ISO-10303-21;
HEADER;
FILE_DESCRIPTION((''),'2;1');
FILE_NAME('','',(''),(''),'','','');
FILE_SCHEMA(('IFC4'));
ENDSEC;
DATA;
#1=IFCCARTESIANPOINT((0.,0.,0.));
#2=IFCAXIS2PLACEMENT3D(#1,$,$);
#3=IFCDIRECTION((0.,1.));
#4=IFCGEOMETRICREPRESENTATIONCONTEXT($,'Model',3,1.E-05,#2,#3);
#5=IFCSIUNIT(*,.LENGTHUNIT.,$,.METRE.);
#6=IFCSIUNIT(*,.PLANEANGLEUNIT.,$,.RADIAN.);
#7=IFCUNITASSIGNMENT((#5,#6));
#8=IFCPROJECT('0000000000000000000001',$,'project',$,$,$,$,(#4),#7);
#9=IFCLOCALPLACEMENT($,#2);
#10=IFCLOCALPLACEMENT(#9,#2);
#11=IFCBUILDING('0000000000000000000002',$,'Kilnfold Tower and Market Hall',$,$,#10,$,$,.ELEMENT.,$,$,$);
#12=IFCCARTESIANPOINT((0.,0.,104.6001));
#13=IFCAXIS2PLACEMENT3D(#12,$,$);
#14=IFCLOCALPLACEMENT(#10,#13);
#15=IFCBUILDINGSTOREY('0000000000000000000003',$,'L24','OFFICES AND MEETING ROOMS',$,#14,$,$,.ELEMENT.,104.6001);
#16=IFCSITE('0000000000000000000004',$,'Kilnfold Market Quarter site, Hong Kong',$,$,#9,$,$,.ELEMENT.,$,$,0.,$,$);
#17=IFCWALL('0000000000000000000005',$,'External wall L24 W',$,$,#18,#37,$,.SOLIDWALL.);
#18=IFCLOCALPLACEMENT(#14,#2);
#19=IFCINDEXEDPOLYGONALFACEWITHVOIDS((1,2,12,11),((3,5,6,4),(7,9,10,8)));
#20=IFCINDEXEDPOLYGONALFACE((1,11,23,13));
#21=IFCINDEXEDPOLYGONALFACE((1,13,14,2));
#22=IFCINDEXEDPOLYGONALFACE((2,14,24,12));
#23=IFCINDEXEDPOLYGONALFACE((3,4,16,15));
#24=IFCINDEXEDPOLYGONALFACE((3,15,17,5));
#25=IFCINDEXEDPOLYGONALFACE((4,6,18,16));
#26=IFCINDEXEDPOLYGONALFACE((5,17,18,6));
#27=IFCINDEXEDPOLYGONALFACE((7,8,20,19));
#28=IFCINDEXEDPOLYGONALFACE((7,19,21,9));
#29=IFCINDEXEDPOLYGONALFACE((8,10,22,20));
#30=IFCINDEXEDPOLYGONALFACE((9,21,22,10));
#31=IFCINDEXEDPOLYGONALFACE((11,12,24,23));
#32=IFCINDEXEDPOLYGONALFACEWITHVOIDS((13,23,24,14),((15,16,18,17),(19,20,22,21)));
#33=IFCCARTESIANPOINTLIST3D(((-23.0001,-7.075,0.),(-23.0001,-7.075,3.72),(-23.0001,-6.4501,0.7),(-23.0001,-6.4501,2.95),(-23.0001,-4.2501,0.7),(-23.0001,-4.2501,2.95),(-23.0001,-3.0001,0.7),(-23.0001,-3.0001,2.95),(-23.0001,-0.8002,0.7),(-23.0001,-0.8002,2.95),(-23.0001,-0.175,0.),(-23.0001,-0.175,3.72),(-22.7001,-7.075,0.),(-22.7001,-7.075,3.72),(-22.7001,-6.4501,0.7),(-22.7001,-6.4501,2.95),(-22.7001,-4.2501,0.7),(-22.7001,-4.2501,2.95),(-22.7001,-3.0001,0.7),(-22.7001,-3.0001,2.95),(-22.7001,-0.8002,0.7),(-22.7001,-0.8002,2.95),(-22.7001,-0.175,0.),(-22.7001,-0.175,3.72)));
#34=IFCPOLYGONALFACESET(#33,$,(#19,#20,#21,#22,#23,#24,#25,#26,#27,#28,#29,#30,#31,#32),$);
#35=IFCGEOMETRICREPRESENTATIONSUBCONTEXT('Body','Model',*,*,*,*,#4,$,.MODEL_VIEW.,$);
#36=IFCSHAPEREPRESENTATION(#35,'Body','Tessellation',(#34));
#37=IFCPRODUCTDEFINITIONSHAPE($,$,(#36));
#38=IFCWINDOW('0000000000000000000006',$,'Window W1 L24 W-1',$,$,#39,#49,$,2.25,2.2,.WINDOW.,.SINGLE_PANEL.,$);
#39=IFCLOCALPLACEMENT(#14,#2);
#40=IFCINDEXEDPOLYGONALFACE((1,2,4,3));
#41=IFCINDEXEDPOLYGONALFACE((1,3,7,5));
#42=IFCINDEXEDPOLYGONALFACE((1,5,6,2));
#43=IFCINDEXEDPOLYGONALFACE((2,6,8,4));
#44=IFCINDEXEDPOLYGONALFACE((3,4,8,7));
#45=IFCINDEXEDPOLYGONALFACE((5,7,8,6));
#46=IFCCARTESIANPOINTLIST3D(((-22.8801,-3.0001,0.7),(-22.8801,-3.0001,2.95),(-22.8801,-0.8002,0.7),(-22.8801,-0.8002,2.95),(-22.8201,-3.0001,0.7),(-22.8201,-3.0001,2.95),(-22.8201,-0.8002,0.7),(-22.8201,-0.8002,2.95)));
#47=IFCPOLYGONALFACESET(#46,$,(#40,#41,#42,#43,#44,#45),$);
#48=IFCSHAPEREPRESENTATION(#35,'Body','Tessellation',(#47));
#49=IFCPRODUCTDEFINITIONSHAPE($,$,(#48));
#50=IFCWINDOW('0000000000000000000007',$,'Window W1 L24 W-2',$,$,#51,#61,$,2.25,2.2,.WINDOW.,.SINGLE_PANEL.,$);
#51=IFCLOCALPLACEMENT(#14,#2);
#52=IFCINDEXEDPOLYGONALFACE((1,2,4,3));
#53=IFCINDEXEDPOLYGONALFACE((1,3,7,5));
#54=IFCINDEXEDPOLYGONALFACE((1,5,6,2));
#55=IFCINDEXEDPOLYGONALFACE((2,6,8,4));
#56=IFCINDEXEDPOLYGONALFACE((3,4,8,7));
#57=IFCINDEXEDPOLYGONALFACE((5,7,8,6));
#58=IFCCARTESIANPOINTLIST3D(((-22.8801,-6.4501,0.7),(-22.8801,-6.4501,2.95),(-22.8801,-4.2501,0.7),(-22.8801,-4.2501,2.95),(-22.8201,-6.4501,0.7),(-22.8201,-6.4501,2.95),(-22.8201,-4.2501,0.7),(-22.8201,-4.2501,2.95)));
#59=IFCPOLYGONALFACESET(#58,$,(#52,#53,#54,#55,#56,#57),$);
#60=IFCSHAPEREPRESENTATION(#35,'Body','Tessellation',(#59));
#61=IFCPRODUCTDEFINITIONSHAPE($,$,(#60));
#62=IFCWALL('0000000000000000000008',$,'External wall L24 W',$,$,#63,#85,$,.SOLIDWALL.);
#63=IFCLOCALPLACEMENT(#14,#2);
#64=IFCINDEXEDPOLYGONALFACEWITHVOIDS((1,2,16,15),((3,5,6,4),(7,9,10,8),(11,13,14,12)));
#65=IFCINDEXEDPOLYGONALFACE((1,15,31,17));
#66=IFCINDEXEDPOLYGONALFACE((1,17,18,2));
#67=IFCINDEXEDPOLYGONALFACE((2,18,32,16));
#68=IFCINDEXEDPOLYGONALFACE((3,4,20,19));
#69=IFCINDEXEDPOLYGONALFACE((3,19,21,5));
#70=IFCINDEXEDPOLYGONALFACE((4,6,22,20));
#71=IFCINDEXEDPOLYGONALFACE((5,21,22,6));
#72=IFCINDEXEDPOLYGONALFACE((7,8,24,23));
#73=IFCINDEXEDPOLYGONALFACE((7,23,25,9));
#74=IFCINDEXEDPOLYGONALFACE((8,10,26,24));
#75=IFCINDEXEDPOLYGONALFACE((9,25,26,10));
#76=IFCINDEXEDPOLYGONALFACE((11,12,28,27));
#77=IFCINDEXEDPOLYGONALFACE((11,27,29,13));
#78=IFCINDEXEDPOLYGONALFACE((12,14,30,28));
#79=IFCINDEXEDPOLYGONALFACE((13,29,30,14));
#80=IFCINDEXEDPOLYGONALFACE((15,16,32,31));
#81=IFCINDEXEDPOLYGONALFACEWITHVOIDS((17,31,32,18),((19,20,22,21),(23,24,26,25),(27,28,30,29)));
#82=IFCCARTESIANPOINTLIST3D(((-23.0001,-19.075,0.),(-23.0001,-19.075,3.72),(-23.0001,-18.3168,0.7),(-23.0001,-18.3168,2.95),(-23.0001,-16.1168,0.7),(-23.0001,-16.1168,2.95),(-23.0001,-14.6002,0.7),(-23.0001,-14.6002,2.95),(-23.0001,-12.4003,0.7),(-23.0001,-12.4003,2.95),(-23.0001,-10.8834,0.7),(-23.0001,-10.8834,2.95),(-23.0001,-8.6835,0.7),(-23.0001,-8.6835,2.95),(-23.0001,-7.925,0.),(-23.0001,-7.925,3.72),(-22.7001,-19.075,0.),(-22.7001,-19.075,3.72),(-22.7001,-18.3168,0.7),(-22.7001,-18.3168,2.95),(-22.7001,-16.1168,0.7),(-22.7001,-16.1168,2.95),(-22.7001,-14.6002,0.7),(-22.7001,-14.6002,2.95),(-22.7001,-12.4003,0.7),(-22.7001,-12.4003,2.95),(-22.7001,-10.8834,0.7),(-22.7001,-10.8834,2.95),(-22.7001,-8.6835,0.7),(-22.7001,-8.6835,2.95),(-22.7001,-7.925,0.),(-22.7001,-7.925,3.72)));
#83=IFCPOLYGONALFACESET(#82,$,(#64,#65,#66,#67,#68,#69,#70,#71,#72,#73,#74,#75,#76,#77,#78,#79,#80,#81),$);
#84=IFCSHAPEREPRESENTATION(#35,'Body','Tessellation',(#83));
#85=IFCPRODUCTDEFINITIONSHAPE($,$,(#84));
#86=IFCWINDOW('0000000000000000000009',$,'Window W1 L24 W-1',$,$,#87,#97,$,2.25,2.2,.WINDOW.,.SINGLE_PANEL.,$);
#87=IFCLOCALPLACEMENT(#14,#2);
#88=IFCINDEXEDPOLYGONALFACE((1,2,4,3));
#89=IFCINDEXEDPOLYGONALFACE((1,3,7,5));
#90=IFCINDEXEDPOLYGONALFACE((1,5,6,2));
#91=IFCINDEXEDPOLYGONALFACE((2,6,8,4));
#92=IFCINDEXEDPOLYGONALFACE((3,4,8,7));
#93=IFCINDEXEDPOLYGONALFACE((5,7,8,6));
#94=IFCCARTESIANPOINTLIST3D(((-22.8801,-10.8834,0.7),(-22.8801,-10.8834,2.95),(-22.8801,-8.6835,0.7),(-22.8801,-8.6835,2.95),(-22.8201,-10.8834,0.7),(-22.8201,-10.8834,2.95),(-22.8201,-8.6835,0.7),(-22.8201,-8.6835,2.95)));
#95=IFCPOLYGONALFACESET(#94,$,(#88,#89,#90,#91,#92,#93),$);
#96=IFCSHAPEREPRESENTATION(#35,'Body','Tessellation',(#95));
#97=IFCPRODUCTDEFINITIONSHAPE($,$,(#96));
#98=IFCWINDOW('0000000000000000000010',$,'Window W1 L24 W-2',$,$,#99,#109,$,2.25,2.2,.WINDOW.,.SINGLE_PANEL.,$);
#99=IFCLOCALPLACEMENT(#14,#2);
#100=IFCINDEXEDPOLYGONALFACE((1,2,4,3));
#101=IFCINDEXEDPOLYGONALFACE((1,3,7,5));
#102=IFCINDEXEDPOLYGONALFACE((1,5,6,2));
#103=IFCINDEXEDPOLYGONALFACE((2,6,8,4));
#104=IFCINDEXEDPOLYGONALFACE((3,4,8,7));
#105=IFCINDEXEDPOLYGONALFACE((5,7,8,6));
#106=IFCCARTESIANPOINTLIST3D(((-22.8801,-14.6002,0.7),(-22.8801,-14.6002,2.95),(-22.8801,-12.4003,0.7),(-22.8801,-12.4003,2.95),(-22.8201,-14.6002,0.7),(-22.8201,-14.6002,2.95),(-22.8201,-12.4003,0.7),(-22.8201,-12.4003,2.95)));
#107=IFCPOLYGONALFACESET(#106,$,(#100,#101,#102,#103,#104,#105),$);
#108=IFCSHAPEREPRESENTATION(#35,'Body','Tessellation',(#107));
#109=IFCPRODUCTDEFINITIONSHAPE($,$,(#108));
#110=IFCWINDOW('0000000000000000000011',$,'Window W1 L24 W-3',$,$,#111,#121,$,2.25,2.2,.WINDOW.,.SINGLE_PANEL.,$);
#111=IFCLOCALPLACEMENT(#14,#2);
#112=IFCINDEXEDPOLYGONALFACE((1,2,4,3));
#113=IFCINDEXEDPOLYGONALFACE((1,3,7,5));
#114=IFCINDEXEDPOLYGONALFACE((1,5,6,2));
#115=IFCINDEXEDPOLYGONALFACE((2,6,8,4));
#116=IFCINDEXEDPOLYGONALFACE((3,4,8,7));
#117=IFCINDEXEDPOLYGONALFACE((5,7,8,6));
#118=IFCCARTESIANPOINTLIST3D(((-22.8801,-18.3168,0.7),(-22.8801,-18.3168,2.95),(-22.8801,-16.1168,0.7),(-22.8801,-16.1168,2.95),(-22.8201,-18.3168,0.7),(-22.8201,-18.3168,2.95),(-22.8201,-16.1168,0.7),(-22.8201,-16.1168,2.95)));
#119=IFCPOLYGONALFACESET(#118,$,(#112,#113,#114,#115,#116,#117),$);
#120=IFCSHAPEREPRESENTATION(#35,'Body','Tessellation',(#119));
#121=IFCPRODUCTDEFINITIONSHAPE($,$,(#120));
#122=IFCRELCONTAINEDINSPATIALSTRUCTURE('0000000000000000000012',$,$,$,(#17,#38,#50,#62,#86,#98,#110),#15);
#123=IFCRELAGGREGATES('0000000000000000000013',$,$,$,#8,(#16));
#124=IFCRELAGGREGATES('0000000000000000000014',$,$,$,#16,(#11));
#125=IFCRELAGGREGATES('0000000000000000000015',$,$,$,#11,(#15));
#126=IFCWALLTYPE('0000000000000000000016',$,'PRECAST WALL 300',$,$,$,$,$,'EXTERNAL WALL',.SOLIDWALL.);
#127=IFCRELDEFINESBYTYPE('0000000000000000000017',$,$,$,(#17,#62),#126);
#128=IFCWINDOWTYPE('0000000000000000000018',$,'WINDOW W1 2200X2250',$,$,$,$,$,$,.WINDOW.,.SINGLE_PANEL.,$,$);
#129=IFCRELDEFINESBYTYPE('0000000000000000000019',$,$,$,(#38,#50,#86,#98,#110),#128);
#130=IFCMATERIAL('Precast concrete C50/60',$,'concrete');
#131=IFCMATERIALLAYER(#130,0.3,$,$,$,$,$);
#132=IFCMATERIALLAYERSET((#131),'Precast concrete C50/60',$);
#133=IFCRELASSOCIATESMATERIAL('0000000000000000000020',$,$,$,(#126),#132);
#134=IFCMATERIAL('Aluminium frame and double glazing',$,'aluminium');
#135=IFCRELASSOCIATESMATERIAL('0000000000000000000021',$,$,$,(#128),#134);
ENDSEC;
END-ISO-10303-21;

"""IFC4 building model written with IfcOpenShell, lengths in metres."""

from ifc_helpers import new_model, si_unit, direction, frame, frame_2d, origin, place, context, subcontext, project, spatial, rectangle, extrude, source, transform, mapped, material, layer, layer_set, type_object, element, fill, save


model = new_model("IFC4")

# Units and contexts
model_context = context("Model", 3, precision=1e-05, world=origin(), true_north=direction((0.0, 1.0)))
body_context = subcontext(model_context, "Body", "Model", "MODEL_VIEW")
ifc_project = project(units=[si_unit("LENGTHUNIT", "METRE"), si_unit("PLANEANGLEUNIT", "RADIAN")], contexts=[model_context])

# Site, building, storey
site_placement = place(None, origin())
site = spatial("IfcSite", under=ifc_project, at=site_placement, Name="Kilnfold Market Quarter site, Hong Kong", CompositionType="ELEMENT", RefElevation=0.0)
building_placement = place(site_placement, origin())
building = spatial("IfcBuilding", under=site, at=building_placement, Name="Kilnfold Tower and Market Hall", CompositionType="ELEMENT")
storey_placement = place(building_placement, frame((0.0, 0.0, 104.6001)))
storey = spatial("IfcBuildingStorey", under=building, at=storey_placement, Name="L24", Description="OFFICES AND MEETING ROOMS", CompositionType="ELEMENT", Elevation=104.6001)

# Walls, openings, windows
ifc_material_1 = material(Name="Precast concrete C50/60", Category="concrete")
ifc_layer_1 = layer(ifc_material_1, 0.3)
ifc_layer_set_1 = layer_set([ifc_layer_1], Name="Precast concrete C50/60")
wall_type_1 = type_object("IfcWallType", Name="PRECAST WALL 300", ElementType="EXTERNAL WALL", PredefinedType="SOLIDWALL", material=ifc_layer_set_1)
shared_shape_1 = source(origin(), body_context, "Body", "SweptSolid", [
    extrude(rectangle(XDim=6.8999, YDim=0.3, at=frame_2d((3.45, 0.0))), origin(), (0.0, 0.0, 1.0), 3.72),
])
wall_1_placement = place(storey_placement, frame((-22.8501, -0.175, 0.0), z_axis=(0.0, 0.0, 1.0), x_axis=(0.0, -1.0, 0.0)))
wall_1 = element("IfcWall", 1, at=wall_1_placement, inside=storey, type_object=wall_type_1, Name="External wall L24 W", PredefinedType="SOLIDWALL", context=body_context, shape_type="MappedRepresentation", body=[
    mapped(shared_shape_1, transform((0.0, 0.0, 0.0))),
])
opening_1_placement = place(wall_1_placement, frame((0.625, 0.0, 0.7)))
opening_1 = element("IfcOpeningElement", 2, at=opening_1_placement, cuts=wall_1, PredefinedType="OPENING", context=body_context, shape_type="SweptSolid", body=[
    extrude(rectangle(XDim=2.2, YDim=2.25, at=frame_2d((1.1001, 1.125))), frame((0.0, 0.1602, 0.0), z_axis=(0.0, -1.0, 0.0), x_axis=(1.0, 0.0, 0.0)), (0.0, 0.0, 1.0), 0.3201),
])
opening_2_placement = place(wall_1_placement, frame((4.075, 0.0, 0.7)))
opening_2 = element("IfcOpeningElement", 3, at=opening_2_placement, cuts=wall_1, PredefinedType="OPENING", context=body_context, shape_type="SweptSolid", body=[
    extrude(rectangle(XDim=2.2, YDim=2.25, at=frame_2d((1.1001, 1.125))), frame((0.0, 0.1602, 0.0), z_axis=(0.0, -1.0, 0.0), x_axis=(1.0, 0.0, 0.0)), (0.0, 0.0, 1.0), 0.3201),
])
ifc_material_2 = material(Name="Aluminium frame and double glazing", Category="aluminium")
window_type = type_object("IfcWindowType", Name="WINDOW W1 2200X2250", PartitioningType="SINGLE_PANEL", PredefinedType="WINDOW", material=ifc_material_2)
window_1_placement = place(opening_1_placement, origin())
window_1 = element("IfcWindow", 4, at=window_1_placement, inside=storey, type_object=window_type, Name="Window W1 L24 W-1", OverallHeight=2.25, OverallWidth=2.2, PartitioningType="SINGLE_PANEL", PredefinedType="WINDOW", context=body_context, shape_type="SweptSolid", body=[
    extrude(rectangle(XDim=2.2, YDim=2.25, at=frame_2d((1.1001, 1.125))), frame((0.0, 0.03, 0.0), z_axis=(0.0, -1.0, 0.0), x_axis=(1.0, 0.0, 0.0)), (0.0, 0.0, 1.0), 0.0601),
])
fill(opening_1, window_1)
window_2_placement = place(opening_2_placement, origin())
window_2 = element("IfcWindow", 5, at=window_2_placement, inside=storey, type_object=window_type, Name="Window W1 L24 W-2", OverallHeight=2.25, OverallWidth=2.2, PartitioningType="SINGLE_PANEL", PredefinedType="WINDOW", context=body_context, shape_type="SweptSolid", body=[
    extrude(rectangle(XDim=2.2, YDim=2.25, at=frame_2d((1.1001, 1.125))), frame((0.0, 0.03, 0.0), z_axis=(0.0, -1.0, 0.0), x_axis=(1.0, 0.0, 0.0)), (0.0, 0.0, 1.0), 0.0601),
])
fill(opening_2, window_2)
shared_shape_2 = source(origin(), body_context, "Body", "SweptSolid", [
    extrude(rectangle(XDim=11.1499, YDim=0.3, at=frame_2d((5.575, 0.0))), origin(), (0.0, 0.0, 1.0), 3.72),
])
wall_2_placement = place(storey_placement, frame((-22.8501, -7.925, 0.0), z_axis=(0.0, 0.0, 1.0), x_axis=(0.0, -1.0, 0.0)))
wall_2 = element("IfcWall", 6, at=wall_2_placement, inside=storey, type_object=wall_type_1, Name="External wall L24 W", PredefinedType="SOLIDWALL", context=body_context, shape_type="MappedRepresentation", body=[
    mapped(shared_shape_2, transform((0.0, 0.0, 0.0))),
])
opening_3_placement = place(wall_2_placement, frame((0.7583, 0.0, 0.7)))
opening_3 = element("IfcOpeningElement", 7, at=opening_3_placement, cuts=wall_2, PredefinedType="OPENING", context=body_context, shape_type="SweptSolid", body=[
    extrude(rectangle(XDim=2.2, YDim=2.25, at=frame_2d((1.1001, 1.125))), frame((0.0, 0.1602, 0.0), z_axis=(0.0, -1.0, 0.0), x_axis=(1.0, 0.0, 0.0)), (0.0, 0.0, 1.0), 0.3201),
])
opening_4_placement = place(wall_2_placement, frame((4.4751, 0.0, 0.7)))
opening_4 = element("IfcOpeningElement", 8, at=opening_4_placement, cuts=wall_2, PredefinedType="OPENING", context=body_context, shape_type="SweptSolid", body=[
    extrude(rectangle(XDim=2.2, YDim=2.25, at=frame_2d((1.1001, 1.125))), frame((0.0, 0.1602, 0.0), z_axis=(0.0, -1.0, 0.0), x_axis=(1.0, 0.0, 0.0)), (0.0, 0.0, 1.0), 0.3201),
])
opening_5_placement = place(wall_2_placement, frame((8.1917, 0.0, 0.7)))
opening_5 = element("IfcOpeningElement", 9, at=opening_5_placement, cuts=wall_2, PredefinedType="OPENING", context=body_context, shape_type="SweptSolid", body=[
    extrude(rectangle(XDim=2.2, YDim=2.25, at=frame_2d((1.1001, 1.125))), frame((0.0, 0.1602, 0.0), z_axis=(0.0, -1.0, 0.0), x_axis=(1.0, 0.0, 0.0)), (0.0, 0.0, 1.0), 0.3201),
])
window_3_placement = place(opening_3_placement, origin())
window_3 = element("IfcWindow", 10, at=window_3_placement, inside=storey, type_object=window_type, Name="Window W1 L24 W-1", OverallHeight=2.25, OverallWidth=2.2, PartitioningType="SINGLE_PANEL", PredefinedType="WINDOW", context=body_context, shape_type="SweptSolid", body=[
    extrude(rectangle(XDim=2.2, YDim=2.25, at=frame_2d((1.1001, 1.125))), frame((0.0, 0.03, 0.0), z_axis=(0.0, -1.0, 0.0), x_axis=(1.0, 0.0, 0.0)), (0.0, 0.0, 1.0), 0.0601),
])
fill(opening_3, window_3)
window_4_placement = place(opening_4_placement, origin())
window_4 = element("IfcWindow", 11, at=window_4_placement, inside=storey, type_object=window_type, Name="Window W1 L24 W-2", OverallHeight=2.25, OverallWidth=2.2, PartitioningType="SINGLE_PANEL", PredefinedType="WINDOW", context=body_context, shape_type="SweptSolid", body=[
    extrude(rectangle(XDim=2.2, YDim=2.25, at=frame_2d((1.1001, 1.125))), frame((0.0, 0.03, 0.0), z_axis=(0.0, -1.0, 0.0), x_axis=(1.0, 0.0, 0.0)), (0.0, 0.0, 1.0), 0.0601),
])
fill(opening_4, window_4)
window_5_placement = place(opening_5_placement, origin())
window_5 = element("IfcWindow", 12, at=window_5_placement, inside=storey, type_object=window_type, Name="Window W1 L24 W-3", OverallHeight=2.25, OverallWidth=2.2, PartitioningType="SINGLE_PANEL", PredefinedType="WINDOW", context=body_context, shape_type="SweptSolid", body=[
    extrude(rectangle(XDim=2.2, YDim=2.25, at=frame_2d((1.1001, 1.125))), frame((0.0, 0.03, 0.0), z_axis=(0.0, -1.0, 0.0), x_axis=(1.0, 0.0, 0.0)), (0.0, 0.0, 1.0), 0.0601),
])
fill(opening_5, window_5)

save(model, "model.ifc")
